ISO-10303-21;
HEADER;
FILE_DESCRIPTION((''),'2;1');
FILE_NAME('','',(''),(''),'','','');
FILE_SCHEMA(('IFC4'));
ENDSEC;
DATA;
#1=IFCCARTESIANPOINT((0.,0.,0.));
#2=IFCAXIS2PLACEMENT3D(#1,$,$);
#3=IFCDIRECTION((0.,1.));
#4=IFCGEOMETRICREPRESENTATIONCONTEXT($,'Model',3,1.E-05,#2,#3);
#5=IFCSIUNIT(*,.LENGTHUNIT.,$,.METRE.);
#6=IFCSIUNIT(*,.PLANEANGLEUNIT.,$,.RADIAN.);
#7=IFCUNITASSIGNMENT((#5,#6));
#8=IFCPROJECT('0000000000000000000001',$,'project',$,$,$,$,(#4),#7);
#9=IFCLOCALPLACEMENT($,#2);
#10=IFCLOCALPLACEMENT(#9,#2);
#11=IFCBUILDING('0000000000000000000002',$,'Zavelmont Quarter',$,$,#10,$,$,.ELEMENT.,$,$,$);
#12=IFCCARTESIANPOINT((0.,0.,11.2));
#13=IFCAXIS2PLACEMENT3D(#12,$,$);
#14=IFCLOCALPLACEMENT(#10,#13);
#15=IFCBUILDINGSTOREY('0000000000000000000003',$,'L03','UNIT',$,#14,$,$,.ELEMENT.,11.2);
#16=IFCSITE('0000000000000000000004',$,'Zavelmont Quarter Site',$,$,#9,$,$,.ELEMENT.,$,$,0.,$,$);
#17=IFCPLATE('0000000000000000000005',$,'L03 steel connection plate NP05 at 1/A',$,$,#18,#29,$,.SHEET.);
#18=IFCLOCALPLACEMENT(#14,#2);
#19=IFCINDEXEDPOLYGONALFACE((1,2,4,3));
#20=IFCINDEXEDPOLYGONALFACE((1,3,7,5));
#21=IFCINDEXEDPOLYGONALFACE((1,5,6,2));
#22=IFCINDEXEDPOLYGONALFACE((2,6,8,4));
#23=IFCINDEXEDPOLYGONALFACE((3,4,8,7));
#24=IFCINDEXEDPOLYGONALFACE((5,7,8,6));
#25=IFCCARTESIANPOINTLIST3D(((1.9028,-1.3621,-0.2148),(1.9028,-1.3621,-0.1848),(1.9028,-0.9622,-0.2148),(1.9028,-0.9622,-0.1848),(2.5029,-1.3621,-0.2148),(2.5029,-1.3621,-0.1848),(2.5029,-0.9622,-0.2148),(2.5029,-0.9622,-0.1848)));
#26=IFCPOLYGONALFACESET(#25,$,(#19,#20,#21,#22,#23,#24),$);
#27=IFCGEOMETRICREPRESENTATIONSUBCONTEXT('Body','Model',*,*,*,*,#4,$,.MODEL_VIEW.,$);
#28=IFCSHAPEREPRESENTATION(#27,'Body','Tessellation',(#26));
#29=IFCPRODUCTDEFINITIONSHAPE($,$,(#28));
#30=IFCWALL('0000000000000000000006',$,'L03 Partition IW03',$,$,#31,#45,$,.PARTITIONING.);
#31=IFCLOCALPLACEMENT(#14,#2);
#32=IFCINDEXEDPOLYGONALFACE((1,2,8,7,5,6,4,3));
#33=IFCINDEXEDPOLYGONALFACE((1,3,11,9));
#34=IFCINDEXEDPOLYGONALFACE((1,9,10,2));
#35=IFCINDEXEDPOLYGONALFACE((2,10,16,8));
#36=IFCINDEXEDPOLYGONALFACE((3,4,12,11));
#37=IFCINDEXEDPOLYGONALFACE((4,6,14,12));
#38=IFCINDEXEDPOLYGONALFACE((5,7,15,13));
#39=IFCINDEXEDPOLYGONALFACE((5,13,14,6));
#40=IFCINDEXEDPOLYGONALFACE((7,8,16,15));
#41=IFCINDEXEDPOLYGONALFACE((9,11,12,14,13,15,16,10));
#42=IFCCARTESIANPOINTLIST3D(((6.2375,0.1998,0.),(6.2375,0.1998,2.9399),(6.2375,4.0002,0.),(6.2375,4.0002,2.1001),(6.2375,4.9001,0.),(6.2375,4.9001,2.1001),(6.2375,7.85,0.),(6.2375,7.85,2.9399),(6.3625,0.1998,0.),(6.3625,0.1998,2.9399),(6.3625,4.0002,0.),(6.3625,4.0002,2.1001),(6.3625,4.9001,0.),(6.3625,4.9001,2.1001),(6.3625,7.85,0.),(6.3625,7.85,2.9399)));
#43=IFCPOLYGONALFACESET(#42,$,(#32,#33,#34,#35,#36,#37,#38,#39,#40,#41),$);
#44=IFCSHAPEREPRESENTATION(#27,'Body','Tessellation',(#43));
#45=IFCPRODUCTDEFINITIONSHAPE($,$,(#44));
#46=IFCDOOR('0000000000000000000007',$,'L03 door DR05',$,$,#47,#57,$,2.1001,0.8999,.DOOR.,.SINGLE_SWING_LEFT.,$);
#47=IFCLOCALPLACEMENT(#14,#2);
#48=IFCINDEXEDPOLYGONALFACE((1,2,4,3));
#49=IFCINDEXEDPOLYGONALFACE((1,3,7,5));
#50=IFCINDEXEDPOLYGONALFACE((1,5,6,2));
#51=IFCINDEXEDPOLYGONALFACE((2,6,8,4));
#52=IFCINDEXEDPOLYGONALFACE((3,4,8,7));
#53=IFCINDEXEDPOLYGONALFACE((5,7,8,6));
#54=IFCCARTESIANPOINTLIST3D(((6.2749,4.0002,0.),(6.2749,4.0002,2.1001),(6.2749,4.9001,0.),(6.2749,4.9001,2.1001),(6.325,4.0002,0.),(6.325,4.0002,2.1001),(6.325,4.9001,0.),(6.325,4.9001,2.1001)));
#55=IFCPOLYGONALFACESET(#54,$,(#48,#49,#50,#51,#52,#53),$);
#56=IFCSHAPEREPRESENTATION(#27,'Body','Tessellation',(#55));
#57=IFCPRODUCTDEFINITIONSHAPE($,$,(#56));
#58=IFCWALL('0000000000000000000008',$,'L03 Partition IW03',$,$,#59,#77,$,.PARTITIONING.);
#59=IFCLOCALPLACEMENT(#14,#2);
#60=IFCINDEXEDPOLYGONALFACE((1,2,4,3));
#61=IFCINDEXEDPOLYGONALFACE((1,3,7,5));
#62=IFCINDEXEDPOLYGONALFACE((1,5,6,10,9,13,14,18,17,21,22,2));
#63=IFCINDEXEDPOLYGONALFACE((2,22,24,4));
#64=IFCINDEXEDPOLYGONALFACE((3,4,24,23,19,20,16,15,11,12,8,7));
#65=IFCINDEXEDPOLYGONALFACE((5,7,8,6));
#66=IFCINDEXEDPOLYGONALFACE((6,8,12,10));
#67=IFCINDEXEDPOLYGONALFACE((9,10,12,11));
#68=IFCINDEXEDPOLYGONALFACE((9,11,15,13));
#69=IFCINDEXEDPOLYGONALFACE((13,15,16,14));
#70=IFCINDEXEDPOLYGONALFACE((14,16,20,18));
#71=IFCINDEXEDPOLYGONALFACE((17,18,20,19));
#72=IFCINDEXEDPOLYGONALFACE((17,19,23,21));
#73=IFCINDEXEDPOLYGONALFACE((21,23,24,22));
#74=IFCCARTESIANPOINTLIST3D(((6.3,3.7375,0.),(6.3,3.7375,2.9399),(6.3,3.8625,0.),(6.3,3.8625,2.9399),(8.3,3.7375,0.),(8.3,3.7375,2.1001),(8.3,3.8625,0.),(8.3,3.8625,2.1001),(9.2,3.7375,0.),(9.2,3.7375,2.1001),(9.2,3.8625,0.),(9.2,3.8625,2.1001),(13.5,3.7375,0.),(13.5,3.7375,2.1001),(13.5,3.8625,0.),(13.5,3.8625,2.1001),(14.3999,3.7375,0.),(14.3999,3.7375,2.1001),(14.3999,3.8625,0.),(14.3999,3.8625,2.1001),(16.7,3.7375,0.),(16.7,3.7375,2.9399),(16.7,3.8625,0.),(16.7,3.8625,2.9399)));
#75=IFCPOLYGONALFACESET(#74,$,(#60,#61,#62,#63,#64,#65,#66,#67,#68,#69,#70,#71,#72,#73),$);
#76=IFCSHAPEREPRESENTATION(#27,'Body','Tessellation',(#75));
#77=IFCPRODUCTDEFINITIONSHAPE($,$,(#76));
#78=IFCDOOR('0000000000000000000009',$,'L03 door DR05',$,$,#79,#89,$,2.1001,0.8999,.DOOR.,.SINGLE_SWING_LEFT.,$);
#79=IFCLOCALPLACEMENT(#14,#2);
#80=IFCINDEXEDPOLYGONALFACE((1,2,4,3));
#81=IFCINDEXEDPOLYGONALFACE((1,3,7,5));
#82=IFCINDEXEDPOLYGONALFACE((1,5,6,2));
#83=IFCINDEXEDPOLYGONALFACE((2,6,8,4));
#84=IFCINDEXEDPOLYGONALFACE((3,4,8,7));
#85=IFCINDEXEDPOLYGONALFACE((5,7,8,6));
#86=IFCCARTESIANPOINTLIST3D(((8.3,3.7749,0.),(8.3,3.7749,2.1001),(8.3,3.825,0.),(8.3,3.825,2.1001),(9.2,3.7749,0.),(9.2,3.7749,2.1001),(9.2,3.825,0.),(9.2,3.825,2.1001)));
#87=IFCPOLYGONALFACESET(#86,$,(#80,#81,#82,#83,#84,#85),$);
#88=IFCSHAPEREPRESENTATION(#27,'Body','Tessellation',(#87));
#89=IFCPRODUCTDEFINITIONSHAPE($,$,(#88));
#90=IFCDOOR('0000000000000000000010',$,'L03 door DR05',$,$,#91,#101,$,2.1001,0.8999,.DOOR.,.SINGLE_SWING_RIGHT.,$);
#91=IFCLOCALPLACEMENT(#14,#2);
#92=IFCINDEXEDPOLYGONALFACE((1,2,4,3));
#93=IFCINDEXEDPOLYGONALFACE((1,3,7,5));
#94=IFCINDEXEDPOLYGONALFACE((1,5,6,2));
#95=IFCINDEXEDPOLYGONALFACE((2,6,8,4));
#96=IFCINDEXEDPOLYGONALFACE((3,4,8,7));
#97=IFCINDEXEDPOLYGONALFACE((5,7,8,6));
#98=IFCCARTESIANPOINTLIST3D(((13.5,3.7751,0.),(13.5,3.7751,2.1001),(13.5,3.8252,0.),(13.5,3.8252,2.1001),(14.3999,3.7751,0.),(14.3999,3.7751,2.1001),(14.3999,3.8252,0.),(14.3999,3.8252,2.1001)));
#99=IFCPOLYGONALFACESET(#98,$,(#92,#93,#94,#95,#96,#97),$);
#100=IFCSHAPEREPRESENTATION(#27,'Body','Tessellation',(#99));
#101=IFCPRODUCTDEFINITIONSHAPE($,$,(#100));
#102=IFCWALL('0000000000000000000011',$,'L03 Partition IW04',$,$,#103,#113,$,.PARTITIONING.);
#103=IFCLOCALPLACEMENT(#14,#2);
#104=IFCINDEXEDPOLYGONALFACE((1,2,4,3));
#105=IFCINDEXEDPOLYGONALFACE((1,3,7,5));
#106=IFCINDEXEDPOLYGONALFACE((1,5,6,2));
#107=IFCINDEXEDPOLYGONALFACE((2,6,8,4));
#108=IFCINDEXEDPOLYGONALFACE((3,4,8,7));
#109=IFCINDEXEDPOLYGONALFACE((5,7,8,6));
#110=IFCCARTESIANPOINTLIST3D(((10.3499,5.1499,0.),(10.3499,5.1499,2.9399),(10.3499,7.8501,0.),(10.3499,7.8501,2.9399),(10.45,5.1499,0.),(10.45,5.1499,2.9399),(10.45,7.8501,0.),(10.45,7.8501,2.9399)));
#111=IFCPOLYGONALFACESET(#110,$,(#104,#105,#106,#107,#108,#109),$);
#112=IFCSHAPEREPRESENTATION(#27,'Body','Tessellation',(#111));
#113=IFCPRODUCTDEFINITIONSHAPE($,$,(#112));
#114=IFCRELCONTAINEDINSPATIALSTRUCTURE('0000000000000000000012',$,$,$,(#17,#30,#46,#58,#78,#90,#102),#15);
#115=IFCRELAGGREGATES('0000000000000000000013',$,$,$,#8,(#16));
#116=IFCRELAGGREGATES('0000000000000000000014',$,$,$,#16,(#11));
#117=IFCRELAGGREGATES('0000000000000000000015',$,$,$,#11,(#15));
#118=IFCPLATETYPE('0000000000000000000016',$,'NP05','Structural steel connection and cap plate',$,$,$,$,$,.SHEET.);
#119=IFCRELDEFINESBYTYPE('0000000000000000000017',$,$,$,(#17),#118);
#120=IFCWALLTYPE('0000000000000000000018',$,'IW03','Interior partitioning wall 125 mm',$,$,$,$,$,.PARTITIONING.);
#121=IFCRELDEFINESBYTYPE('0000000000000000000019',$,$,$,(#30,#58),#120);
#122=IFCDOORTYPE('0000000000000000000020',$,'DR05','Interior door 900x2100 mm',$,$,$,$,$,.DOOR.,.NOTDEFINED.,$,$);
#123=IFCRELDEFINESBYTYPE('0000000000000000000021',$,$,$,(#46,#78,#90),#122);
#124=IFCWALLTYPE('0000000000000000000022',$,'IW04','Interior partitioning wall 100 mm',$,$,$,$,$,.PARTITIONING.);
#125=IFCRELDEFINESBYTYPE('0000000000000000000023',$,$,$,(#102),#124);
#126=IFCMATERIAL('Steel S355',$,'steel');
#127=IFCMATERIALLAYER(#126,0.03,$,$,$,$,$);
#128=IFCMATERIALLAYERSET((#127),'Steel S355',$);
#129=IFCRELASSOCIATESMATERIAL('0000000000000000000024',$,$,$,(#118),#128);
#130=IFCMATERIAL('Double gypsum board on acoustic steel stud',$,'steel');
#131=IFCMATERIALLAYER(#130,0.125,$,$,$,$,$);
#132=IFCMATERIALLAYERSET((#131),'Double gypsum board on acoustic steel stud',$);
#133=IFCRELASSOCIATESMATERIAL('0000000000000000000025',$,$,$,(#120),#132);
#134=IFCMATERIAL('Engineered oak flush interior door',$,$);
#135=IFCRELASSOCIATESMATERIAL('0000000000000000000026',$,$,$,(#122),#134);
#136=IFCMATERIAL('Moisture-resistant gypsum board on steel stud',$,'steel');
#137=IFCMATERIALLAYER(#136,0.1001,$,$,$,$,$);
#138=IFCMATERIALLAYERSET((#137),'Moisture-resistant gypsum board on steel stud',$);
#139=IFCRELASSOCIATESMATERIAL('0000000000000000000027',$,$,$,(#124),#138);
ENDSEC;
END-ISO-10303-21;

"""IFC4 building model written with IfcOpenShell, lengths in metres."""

from ifc_helpers import new_model, si_unit, direction, frame, frame_2d, origin, origin_with_axes, origin_2d, place, context, subcontext, project, spatial, rectangle, extrude, material, layer, layer_set, type_object, element, fill, save


model = new_model("IFC4")

# Units and contexts
model_context = context("Model", 3, precision=1e-05, world=origin(), true_north=direction((0.0, 1.0)))
body_context = subcontext(model_context, "Body", "Model", "MODEL_VIEW")
ifc_project = project(units=[si_unit("LENGTHUNIT", "METRE"), si_unit("PLANEANGLEUNIT", "RADIAN")], contexts=[model_context])

# Site, building, storey
site_placement = place(None, origin())
site = spatial("IfcSite", under=ifc_project, at=site_placement, Name="Zavelmont Quarter Site", CompositionType="ELEMENT", RefElevation=0.0)
building_placement = place(site_placement, origin())
building = spatial("IfcBuilding", under=site, at=building_placement, Name="Zavelmont Quarter", CompositionType="ELEMENT")
storey_placement = place(building_placement, frame((0.0, 0.0, 11.2)))
storey = spatial("IfcBuildingStorey", under=building, at=storey_placement, Name="L03", Description="UNIT", CompositionType="ELEMENT", Elevation=11.2)

# Shared definitions
ifc_material_1 = material(Name="Steel S355", Category="steel")

# Plate
ifc_layer_1 = layer(ifc_material_1, 0.03)
ifc_layer_set_1 = layer_set([ifc_layer_1], Name="Steel S355")
plate_type = type_object("IfcPlateType", Name="NP05", Description="Structural steel connection and cap plate", PredefinedType="SHEET", material=ifc_layer_set_1)
plate_placement = place(storey_placement, frame((2.2029, -1.1621, -0.2148), z_axis=(0.0, 0.0, 1.0), x_axis=(1.0, 0.0, 0.0)))
element("IfcPlate", 1, at=plate_placement, inside=storey, type_object=plate_type, Name="L03 steel connection plate NP05 at 1/A", PredefinedType="SHEET", context=body_context, shape_type="SweptSolid", body=[
    extrude(rectangle(XDim=0.6001, YDim=0.3999, at=origin_2d()), origin(), (0.0, 0.0, 1.0), 0.03),
])

# Wall, opening, door
ifc_material_2 = material(Name="Double gypsum board on acoustic steel stud", Category="steel")
ifc_layer_2 = layer(ifc_material_2, 0.125)
ifc_layer_set_2 = layer_set([ifc_layer_2], Name="Double gypsum board on acoustic steel stud")
wall_type_1 = type_object("IfcWallType", Name="IW03", Description="Interior partitioning wall 125 mm", PredefinedType="PARTITIONING", material=ifc_layer_set_2)
wall_1_placement = place(storey_placement, frame((6.3, 7.8501, 0.0), z_axis=(0.0, 0.0, 1.0), x_axis=(0.0, -1.0, 0.0)))
wall_1 = element("IfcWall", 2, at=wall_1_placement, inside=storey, type_object=wall_type_1, Name="L03 Partition IW03", PredefinedType="PARTITIONING", context=body_context, shape_type="SweptSolid", body=[
    extrude(rectangle(XDim=7.6501, YDim=0.125, at=frame_2d((3.8252, 0.0))), origin(), (0.0, 0.0, 1.0), 2.9399),
])
opening_1_placement = place(wall_1_placement, frame((2.95, 0.0, 0.0)))
opening_1 = element("IfcOpeningElement", 3, at=opening_1_placement, cuts=wall_1, PredefinedType="OPENING", context=body_context, shape_type="SweptSolid", body=[
    extrude(rectangle(XDim=0.8999, YDim=2.1001, at=frame_2d((0.45, 1.05))), frame((0.0, 0.0745, 0.0), z_axis=(0.0, -1.0, 0.0), x_axis=(1.0, 0.0, 0.0)), (0.0, 0.0, 1.0), 0.1489),
])
ifc_material_3 = material(Name="Engineered oak flush interior door")
door_type_1 = type_object("IfcDoorType", Name="DR05", Description="Interior door 900x2100 mm", OperationType="NOTDEFINED", PredefinedType="DOOR", material=ifc_material_3)
door_1_placement = place(opening_1_placement, origin_with_axes())
door_1 = element("IfcDoor", 4, at=door_1_placement, inside=storey, type_object=door_type_1, Name="L03 door DR05", OperationType="SINGLE_SWING_LEFT", OverallHeight=2.1001, OverallWidth=0.8999, PredefinedType="DOOR", context=body_context, shape_type="SweptSolid", body=[
    extrude(rectangle(XDim=0.8999, YDim=2.1001, at=frame_2d((0.45, 1.05))), frame((0.0, 0.0249, 0.0), z_axis=(0.0, -1.0, 0.0), x_axis=(1.0, 0.0, 0.0)), (0.0, 0.0, 1.0), 0.05),
])
fill(opening_1, door_1)

# Wall, openings, doors
wall_2_placement = place(storey_placement, frame((6.3, 3.8, 0.0), z_axis=(0.0, 0.0, 1.0), x_axis=(1.0, 0.0, 0.0)))
wall_2 = element("IfcWall", 5, at=wall_2_placement, inside=storey, type_object=wall_type_1, Name="L03 Partition IW03", PredefinedType="PARTITIONING", context=body_context, shape_type="SweptSolid", body=[
    extrude(rectangle(XDim=10.3999, YDim=0.125, at=frame_2d((5.2, 0.0))), origin(), (0.0, 0.0, 1.0), 2.9399),
])
opening_2_placement = place(wall_2_placement, frame((2.0, 0.0, 0.0)))
opening_2 = element("IfcOpeningElement", 6, at=opening_2_placement, cuts=wall_2, PredefinedType="OPENING", context=body_context, shape_type="SweptSolid", body=[
    extrude(rectangle(XDim=0.8999, YDim=2.1001, at=frame_2d((0.45, 1.05))), frame((0.0, 0.0745, 0.0), z_axis=(0.0, -1.0, 0.0), x_axis=(1.0, 0.0, 0.0)), (0.0, 0.0, 1.0), 0.1489),
])
opening_3_placement = place(wall_2_placement, frame((7.2, 0.0, 0.0)))
opening_3 = element("IfcOpeningElement", 7, at=opening_3_placement, cuts=wall_2, PredefinedType="OPENING", context=body_context, shape_type="SweptSolid", body=[
    extrude(rectangle(XDim=0.8999, YDim=2.1001, at=frame_2d((0.45, 1.05))), frame((0.0, 0.0745, 0.0), z_axis=(0.0, -1.0, 0.0), x_axis=(1.0, 0.0, 0.0)), (0.0, 0.0, 1.0), 0.1489),
])
door_2_placement = place(opening_2_placement, origin_with_axes())
door_2 = element("IfcDoor", 8, at=door_2_placement, inside=storey, type_object=door_type_1, Name="L03 door DR05", OperationType="SINGLE_SWING_LEFT", OverallHeight=2.1001, OverallWidth=0.8999, PredefinedType="DOOR", context=body_context, shape_type="SweptSolid", body=[
    extrude(rectangle(XDim=0.8999, YDim=2.1001, at=frame_2d((0.45, 1.05))), frame((0.0, 0.0249, 0.0), z_axis=(0.0, -1.0, 0.0), x_axis=(1.0, 0.0, 0.0)), (0.0, 0.0, 1.0), 0.05),
])
fill(opening_2, door_2)
door_3_placement = place(opening_3_placement, frame((0.8999, 0.0, 0.0), z_axis=(0.0, 0.0, 1.0), x_axis=(-1.0, 0.0, 0.0)))
door_3 = element("IfcDoor", 9, at=door_3_placement, inside=storey, type_object=door_type_1, Name="L03 door DR05", OperationType="SINGLE_SWING_RIGHT", OverallHeight=2.1001, OverallWidth=0.8999, PredefinedType="DOOR", context=body_context, shape_type="SweptSolid", body=[
    extrude(rectangle(XDim=0.8999, YDim=2.1001, at=frame_2d((0.45, 1.05))), frame((0.0, 0.0249, 0.0), z_axis=(0.0, -1.0, 0.0), x_axis=(1.0, 0.0, 0.0)), (0.0, 0.0, 1.0), 0.05),
])
fill(opening_3, door_3)

# Wall
ifc_material_4 = material(Name="Moisture-resistant gypsum board on steel stud", Category="steel")
ifc_layer_3 = layer(ifc_material_4, 0.1001)
ifc_layer_set_3 = layer_set([ifc_layer_3], Name="Moisture-resistant gypsum board on steel stud")
wall_type_2 = type_object("IfcWallType", Name="IW04", Description="Interior partitioning wall 100 mm", PredefinedType="PARTITIONING", material=ifc_layer_set_3)
wall_3_placement = place(storey_placement, frame((10.3999, 7.8501, 0.0), z_axis=(0.0, 0.0, 1.0), x_axis=(0.0, -1.0, 0.0)))
element("IfcWall", 10, at=wall_3_placement, inside=storey, type_object=wall_type_2, Name="L03 Partition IW04", PredefinedType="PARTITIONING", context=body_context, shape_type="SweptSolid", body=[
    extrude(rectangle(XDim=2.7002, YDim=0.1001, at=frame_2d((1.3501, 0.0))), origin(), (0.0, 0.0, 1.0), 2.9399),
])

save(model, "model.ifc")
